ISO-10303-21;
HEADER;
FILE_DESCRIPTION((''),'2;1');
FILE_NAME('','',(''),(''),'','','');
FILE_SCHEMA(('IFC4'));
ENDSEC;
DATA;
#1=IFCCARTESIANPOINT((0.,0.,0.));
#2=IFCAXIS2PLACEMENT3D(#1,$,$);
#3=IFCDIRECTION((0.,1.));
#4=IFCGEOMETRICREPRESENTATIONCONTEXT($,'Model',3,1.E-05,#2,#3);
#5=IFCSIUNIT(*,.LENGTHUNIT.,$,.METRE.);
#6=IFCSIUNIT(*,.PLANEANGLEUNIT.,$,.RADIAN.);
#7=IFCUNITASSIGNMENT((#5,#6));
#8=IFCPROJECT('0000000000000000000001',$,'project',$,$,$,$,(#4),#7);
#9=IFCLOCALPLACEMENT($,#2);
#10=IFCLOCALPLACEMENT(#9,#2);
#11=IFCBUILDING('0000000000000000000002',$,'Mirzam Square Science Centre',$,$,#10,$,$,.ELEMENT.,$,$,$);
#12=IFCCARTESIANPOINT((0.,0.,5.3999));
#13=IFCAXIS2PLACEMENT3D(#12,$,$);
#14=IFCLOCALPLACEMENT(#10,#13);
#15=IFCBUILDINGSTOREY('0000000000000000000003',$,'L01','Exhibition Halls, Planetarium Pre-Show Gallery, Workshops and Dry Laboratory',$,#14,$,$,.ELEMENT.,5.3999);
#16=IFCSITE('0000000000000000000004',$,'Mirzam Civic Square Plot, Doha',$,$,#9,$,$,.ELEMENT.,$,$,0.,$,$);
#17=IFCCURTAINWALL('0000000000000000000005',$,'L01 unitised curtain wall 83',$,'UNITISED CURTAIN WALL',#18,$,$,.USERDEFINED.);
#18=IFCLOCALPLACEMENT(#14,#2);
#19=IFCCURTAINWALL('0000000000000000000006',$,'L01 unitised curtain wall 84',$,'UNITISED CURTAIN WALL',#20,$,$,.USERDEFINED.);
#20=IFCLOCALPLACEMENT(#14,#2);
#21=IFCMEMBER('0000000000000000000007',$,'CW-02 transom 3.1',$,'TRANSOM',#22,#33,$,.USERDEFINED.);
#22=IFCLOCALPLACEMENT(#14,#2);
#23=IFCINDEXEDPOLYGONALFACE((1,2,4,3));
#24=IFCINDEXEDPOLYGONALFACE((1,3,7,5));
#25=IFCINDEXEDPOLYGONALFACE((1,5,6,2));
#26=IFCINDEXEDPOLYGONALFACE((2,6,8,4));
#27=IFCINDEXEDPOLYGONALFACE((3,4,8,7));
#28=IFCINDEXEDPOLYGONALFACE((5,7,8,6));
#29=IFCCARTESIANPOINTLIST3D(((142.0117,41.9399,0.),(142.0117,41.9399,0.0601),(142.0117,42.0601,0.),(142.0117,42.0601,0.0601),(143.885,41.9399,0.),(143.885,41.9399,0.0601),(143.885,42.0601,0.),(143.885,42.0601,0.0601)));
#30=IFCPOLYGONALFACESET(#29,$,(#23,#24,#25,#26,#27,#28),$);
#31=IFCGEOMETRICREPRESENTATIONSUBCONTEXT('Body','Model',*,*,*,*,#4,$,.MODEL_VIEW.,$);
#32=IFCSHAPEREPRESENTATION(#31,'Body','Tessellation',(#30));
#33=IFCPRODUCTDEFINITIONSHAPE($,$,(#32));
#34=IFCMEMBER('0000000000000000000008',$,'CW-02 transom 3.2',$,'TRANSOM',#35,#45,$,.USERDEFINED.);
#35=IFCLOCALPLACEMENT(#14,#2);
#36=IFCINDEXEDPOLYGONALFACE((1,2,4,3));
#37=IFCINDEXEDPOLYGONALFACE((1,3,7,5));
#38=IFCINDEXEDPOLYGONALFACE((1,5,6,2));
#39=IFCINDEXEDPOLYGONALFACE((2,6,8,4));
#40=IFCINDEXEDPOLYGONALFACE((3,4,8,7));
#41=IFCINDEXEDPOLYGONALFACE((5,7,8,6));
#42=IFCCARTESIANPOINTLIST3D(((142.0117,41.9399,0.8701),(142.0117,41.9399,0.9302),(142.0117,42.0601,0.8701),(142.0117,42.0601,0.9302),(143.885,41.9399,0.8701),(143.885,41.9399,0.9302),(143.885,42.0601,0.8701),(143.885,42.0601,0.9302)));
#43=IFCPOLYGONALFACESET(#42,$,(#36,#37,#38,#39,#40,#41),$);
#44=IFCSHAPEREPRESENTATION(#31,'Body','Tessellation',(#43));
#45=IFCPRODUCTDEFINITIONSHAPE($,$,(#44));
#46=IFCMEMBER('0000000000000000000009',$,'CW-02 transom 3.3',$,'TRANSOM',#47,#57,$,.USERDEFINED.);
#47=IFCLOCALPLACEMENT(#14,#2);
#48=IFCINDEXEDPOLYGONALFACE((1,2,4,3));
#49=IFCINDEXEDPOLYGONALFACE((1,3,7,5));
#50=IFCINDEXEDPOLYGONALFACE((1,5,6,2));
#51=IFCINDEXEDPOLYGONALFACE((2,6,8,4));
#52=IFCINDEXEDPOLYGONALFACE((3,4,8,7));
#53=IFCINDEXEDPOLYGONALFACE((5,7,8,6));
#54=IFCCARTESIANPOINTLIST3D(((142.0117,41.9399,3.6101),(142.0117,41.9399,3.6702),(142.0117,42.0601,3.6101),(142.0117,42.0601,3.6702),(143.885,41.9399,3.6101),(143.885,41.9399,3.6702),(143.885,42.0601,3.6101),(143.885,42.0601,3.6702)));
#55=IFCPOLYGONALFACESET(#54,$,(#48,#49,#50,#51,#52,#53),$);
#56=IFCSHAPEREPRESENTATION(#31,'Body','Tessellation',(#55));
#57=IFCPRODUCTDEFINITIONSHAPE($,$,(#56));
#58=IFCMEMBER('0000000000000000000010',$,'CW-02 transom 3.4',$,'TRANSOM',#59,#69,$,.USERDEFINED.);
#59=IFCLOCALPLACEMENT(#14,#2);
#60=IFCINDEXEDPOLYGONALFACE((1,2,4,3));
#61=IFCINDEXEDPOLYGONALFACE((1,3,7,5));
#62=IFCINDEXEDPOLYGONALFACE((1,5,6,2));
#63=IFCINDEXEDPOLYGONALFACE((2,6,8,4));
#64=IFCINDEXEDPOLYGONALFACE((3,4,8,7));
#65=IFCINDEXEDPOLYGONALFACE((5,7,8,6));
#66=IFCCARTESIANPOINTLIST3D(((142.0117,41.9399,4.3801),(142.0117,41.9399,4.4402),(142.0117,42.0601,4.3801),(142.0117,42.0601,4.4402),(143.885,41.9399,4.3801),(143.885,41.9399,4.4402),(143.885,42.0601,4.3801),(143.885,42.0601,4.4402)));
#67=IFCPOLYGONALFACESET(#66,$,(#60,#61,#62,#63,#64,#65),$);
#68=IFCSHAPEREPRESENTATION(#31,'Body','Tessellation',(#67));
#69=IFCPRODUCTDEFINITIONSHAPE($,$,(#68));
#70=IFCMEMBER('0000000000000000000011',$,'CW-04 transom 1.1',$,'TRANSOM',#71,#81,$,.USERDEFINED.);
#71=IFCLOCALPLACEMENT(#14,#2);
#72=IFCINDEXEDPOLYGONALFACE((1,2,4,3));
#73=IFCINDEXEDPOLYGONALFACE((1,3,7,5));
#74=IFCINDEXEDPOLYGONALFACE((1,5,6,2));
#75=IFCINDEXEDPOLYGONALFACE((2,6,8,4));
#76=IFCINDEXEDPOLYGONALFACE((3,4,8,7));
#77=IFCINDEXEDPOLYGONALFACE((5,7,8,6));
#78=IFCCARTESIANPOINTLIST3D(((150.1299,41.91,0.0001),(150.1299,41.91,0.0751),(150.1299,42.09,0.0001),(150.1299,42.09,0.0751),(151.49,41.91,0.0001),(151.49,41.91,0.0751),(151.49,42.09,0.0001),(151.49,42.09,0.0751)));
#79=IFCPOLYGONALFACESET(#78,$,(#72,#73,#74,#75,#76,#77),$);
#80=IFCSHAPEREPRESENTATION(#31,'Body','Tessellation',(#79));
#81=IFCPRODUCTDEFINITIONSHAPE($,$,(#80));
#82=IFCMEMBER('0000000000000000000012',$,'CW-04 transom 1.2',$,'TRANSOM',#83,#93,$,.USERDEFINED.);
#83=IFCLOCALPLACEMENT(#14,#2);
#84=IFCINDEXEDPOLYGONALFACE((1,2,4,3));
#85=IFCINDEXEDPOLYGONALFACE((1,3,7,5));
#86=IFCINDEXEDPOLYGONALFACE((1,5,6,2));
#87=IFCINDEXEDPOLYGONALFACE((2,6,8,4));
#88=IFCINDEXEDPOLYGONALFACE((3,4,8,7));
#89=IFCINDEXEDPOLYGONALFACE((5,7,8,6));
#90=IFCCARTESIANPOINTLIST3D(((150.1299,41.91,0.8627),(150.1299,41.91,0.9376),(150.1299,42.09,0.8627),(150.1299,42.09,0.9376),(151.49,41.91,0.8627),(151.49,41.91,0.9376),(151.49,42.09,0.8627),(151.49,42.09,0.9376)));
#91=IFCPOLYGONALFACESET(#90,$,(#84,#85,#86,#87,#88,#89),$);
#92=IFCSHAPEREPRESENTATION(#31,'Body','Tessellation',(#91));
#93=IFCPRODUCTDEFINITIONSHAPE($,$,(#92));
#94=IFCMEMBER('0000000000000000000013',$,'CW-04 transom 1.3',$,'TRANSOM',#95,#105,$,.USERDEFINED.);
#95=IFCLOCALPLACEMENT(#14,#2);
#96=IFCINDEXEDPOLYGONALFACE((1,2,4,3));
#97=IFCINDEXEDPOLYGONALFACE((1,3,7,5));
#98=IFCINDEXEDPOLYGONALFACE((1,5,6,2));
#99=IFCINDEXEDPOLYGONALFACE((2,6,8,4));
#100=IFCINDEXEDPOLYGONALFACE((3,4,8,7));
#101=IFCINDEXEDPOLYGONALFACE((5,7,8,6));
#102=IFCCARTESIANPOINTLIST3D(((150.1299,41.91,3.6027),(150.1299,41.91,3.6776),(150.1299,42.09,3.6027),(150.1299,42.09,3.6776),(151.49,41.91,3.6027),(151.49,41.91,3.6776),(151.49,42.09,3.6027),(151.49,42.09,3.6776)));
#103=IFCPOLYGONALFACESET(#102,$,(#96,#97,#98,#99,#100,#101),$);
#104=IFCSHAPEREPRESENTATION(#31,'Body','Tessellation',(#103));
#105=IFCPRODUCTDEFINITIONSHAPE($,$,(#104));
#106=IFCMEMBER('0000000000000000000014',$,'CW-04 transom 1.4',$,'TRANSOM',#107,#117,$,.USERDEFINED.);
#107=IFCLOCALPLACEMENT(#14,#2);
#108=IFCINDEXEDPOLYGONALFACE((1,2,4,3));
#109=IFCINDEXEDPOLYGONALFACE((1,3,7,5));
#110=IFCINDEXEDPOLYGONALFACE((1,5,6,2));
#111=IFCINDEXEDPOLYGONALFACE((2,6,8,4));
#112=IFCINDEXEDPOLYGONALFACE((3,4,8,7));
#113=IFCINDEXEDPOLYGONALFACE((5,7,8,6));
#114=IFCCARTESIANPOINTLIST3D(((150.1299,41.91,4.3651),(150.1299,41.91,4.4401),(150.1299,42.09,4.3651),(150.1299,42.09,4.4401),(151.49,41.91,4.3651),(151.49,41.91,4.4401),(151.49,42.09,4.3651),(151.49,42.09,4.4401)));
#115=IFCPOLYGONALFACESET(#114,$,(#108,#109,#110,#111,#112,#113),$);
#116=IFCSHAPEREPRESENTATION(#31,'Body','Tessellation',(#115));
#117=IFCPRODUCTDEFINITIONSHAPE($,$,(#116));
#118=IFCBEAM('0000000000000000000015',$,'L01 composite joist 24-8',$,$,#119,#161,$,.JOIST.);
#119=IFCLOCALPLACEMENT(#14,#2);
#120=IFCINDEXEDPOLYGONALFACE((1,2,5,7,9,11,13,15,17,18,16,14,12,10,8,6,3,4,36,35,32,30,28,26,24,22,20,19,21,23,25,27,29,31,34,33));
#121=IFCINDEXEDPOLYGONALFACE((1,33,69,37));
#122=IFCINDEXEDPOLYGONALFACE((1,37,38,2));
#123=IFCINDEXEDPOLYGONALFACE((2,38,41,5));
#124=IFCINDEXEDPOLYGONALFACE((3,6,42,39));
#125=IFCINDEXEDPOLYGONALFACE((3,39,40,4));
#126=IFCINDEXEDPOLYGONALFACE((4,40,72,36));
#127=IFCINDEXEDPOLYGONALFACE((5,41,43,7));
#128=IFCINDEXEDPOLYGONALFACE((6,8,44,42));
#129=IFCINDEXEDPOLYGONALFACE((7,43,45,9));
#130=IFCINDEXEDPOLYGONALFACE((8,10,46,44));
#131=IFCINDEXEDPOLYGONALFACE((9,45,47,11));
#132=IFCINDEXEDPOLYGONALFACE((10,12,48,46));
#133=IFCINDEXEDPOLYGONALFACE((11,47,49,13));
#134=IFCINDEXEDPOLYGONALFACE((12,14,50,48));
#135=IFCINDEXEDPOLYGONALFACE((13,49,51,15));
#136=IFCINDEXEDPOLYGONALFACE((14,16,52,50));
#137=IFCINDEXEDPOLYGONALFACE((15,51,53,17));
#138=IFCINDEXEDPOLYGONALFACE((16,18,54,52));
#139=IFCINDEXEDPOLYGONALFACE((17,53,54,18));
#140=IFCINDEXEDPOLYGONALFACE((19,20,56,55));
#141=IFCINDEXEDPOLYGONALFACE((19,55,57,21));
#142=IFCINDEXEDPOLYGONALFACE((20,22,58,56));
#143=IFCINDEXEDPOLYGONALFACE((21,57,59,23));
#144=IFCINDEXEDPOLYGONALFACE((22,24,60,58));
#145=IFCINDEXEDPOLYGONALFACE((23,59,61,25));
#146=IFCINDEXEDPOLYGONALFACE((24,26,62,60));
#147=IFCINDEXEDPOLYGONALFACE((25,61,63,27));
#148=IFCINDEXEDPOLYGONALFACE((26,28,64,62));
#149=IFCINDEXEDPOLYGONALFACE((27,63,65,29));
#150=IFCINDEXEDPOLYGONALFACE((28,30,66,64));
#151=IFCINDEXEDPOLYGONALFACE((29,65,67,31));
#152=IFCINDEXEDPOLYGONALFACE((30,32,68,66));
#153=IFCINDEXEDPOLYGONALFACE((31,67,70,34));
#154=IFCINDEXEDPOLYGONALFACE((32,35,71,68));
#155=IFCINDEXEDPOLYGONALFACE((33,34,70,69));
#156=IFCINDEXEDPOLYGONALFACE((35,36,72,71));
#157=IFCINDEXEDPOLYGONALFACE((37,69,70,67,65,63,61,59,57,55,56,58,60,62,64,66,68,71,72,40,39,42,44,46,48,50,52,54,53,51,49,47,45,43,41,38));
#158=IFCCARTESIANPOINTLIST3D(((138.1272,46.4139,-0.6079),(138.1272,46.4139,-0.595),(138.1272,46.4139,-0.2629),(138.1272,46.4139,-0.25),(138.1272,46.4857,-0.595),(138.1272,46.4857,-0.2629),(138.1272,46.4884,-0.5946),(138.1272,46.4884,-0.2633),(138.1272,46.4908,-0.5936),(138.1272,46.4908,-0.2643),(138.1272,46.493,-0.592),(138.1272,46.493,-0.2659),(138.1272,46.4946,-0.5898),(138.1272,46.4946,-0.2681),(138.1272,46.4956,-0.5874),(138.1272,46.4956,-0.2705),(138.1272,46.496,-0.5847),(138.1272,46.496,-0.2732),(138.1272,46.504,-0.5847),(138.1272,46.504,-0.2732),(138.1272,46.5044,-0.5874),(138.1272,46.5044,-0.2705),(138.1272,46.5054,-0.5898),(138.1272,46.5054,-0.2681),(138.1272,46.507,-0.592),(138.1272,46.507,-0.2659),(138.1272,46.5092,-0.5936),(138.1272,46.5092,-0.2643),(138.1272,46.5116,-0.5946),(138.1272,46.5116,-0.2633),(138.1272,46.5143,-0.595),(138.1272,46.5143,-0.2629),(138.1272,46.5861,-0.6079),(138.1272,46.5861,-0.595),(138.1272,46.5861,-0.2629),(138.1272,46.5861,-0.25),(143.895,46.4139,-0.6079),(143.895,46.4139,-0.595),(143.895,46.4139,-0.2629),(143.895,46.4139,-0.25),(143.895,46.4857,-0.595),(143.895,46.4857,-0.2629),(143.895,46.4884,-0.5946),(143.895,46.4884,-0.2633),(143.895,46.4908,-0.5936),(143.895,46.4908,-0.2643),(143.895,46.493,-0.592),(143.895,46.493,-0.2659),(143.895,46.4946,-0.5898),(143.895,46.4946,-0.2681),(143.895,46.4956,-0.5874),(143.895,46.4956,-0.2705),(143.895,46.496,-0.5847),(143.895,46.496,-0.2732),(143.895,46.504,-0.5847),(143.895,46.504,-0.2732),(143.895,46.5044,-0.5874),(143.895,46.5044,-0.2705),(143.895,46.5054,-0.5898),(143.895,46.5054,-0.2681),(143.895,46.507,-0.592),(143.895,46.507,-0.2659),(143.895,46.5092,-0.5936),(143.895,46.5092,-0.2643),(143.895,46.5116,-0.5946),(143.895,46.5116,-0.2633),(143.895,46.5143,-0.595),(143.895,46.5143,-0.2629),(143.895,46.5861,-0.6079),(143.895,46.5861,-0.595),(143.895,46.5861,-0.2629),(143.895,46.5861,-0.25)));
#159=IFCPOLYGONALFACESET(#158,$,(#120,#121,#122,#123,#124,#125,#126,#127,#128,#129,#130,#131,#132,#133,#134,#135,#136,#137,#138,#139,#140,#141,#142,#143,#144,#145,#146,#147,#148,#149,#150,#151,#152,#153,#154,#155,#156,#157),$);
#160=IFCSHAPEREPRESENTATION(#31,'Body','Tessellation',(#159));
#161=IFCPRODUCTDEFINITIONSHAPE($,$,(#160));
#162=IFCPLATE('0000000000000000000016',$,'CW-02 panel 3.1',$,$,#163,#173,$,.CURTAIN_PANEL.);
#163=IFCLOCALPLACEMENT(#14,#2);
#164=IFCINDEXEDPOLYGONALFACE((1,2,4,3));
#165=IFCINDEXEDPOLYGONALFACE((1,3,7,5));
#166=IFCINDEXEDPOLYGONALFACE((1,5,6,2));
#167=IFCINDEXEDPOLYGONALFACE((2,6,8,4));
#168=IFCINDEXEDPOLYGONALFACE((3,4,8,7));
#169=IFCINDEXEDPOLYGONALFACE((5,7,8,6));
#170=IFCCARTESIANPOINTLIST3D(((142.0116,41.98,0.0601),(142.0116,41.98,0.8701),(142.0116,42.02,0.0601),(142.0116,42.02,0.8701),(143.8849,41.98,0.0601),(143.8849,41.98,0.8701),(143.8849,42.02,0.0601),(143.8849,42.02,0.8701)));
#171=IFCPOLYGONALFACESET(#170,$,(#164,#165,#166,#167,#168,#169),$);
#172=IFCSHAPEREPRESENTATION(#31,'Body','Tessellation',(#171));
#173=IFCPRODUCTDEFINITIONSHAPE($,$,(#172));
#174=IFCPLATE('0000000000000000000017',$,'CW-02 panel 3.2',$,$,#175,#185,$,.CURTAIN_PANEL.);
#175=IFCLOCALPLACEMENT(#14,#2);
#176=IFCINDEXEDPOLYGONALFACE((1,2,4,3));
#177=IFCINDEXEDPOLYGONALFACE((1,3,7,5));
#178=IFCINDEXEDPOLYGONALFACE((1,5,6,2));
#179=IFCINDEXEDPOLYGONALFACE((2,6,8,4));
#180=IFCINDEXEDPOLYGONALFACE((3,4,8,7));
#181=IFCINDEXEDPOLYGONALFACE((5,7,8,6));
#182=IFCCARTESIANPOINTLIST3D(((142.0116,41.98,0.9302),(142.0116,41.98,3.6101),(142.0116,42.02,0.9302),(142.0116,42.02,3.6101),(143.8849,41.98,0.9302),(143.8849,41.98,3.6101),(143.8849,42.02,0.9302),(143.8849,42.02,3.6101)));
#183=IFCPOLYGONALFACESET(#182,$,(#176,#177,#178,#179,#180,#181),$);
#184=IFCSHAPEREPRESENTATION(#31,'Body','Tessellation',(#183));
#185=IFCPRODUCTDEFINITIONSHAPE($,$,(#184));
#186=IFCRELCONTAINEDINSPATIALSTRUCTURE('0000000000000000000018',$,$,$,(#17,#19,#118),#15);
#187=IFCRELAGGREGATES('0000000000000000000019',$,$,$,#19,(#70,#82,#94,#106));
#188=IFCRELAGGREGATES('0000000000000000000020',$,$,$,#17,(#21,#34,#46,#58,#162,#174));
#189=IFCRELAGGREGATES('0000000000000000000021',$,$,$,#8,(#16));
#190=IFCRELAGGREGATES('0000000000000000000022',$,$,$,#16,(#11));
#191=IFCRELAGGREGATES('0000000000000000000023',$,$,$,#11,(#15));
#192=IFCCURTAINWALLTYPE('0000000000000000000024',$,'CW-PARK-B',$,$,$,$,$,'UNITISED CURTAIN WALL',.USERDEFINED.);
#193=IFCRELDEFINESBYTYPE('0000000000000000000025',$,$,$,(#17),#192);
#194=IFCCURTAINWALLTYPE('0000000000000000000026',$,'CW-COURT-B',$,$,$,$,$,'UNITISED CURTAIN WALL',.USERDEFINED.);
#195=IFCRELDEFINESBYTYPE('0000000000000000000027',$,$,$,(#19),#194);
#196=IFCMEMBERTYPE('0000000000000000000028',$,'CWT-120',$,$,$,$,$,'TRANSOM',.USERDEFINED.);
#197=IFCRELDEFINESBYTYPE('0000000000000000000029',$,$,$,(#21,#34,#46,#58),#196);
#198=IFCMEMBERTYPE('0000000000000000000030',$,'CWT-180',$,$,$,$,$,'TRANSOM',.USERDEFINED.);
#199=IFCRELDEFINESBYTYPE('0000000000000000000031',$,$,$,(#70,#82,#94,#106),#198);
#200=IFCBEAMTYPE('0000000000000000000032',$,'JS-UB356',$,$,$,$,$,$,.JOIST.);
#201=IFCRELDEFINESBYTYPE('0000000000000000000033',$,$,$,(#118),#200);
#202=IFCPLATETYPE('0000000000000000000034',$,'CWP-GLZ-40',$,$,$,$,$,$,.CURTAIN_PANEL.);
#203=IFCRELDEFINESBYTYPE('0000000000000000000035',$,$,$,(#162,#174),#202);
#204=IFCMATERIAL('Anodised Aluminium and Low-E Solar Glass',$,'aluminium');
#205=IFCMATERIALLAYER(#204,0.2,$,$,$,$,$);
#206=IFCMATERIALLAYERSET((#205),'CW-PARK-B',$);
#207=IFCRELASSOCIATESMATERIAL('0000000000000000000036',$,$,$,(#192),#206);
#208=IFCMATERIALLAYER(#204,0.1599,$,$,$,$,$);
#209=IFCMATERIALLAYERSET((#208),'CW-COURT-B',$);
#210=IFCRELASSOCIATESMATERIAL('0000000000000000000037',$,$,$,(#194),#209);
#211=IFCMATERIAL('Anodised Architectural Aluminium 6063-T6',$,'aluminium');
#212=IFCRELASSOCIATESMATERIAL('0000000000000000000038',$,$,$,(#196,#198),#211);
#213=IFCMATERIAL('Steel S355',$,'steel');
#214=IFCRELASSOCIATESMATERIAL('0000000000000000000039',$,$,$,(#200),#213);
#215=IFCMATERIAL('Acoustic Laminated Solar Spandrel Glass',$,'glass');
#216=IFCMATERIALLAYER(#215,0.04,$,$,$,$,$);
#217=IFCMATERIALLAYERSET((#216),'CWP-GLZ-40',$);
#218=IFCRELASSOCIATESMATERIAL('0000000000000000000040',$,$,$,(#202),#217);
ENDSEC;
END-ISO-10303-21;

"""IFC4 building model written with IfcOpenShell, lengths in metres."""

from ifc_helpers import new_model, si_unit, direction, frame, origin, origin_2d, place, context, subcontext, project, spatial, rectangle, i_section, extrude, material, layer, layer_set, material_profile, profile_set, type_object, element, aggregate, save


model = new_model("IFC4")

# Units and contexts
model_context = context("Model", 3, precision=1e-05, world=origin(), true_north=direction((0.0, 1.0)))
body_context = subcontext(model_context, "Body", "Model", "MODEL_VIEW")
ifc_project = project(units=[si_unit("LENGTHUNIT", "METRE"), si_unit("PLANEANGLEUNIT", "RADIAN")], contexts=[model_context])

# Site, building, storey
site_placement = place(None, origin())
site = spatial("IfcSite", under=ifc_project, at=site_placement, Name="Mirzam Civic Square Plot, Doha", CompositionType="ELEMENT", RefElevation=0.0)
building_placement = place(site_placement, origin())
building = spatial("IfcBuilding", under=site, at=building_placement, Name="Mirzam Square Science Centre", CompositionType="ELEMENT")
storey_placement = place(building_placement, frame((0.0, 0.0, 5.3999)))
storey = spatial("IfcBuildingStorey", under=building, at=storey_placement, Name="L01", Description="Exhibition Halls, Planetarium Pre-Show Gallery, Workshops and Dry Laboratory", CompositionType="ELEMENT", Elevation=5.3999)

# Shared definitions
ifc_material_1 = material(Name="Steel S355", Category="steel")

# Curtain wall
ifc_material_2 = material(Name="Anodised Aluminium and Low-E Solar Glass", Category="aluminium")
ifc_layer_1 = layer(ifc_material_2, 0.2)
ifc_layer_set_1 = layer_set([ifc_layer_1], Name="CW-PARK-B")
curtain_wall_type_1 = type_object("IfcCurtainWallType", Name="CW-PARK-B", ElementType="UNITISED CURTAIN WALL", PredefinedType="USERDEFINED", material=ifc_layer_set_1)
curtain_wall_1_placement = place(storey_placement, origin())
curtain_wall_1 = element("IfcCurtainWall", 1, at=curtain_wall_1_placement, inside=storey, type_object=curtain_wall_type_1, Name="L01 unitised curtain wall 83", ObjectType="UNITISED CURTAIN WALL", PredefinedType="USERDEFINED")
ifc_material_3 = material(Name="Anodised Architectural Aluminium 6063-T6", Category="aluminium")

# Curtain wall
ifc_layer_2 = layer(ifc_material_2, 0.1599)
ifc_layer_set_2 = layer_set([ifc_layer_2], Name="CW-COURT-B")
curtain_wall_type_2 = type_object("IfcCurtainWallType", Name="CW-COURT-B", ElementType="UNITISED CURTAIN WALL", PredefinedType="USERDEFINED", material=ifc_layer_set_2)
curtain_wall_2_placement = place(storey_placement, origin())
curtain_wall_2 = element("IfcCurtainWall", 2, at=curtain_wall_2_placement, inside=storey, type_object=curtain_wall_type_2, Name="L01 unitised curtain wall 84", ObjectType="UNITISED CURTAIN WALL", PredefinedType="USERDEFINED")

# Members
ifc_material_profile_1 = material_profile(ifc_material_3, rectangle(XDim=0.1201, YDim=0.0601, at=origin_2d()), Name="ALU-TRAN-120x60x4")
ifc_profile_set_1 = profile_set([ifc_material_profile_1], Name="Anodised Architectural Aluminium 6063-T6")
member_type_1 = type_object("IfcMemberType", Name="CWT-120", ElementType="TRANSOM", PredefinedType="USERDEFINED", material=ifc_profile_set_1)
member_1_placement = place(storey_placement, frame((142.0117, 42.0, 0.03), z_axis=(1.0, 0.0, 0.0), x_axis=(0.0, 1.0, 0.0)))
member_1 = element("IfcMember", 3, at=member_1_placement, type_object=member_type_1, Name="CW-02 transom 3.1", ObjectType="TRANSOM", PredefinedType="USERDEFINED", context=body_context, shape_type="SweptSolid", body=[
    extrude(rectangle(XDim=0.1201, YDim=0.0601, at=origin_2d()), origin(), (0.0, 0.0, 1.0), 1.8733),
])
member_2_placement = place(storey_placement, frame((142.0117, 42.0, 0.9001), z_axis=(1.0, 0.0, 0.0), x_axis=(0.0, 1.0, 0.0)))
member_2 = element("IfcMember", 4, at=member_2_placement, type_object=member_type_1, Name="CW-02 transom 3.2", ObjectType="TRANSOM", PredefinedType="USERDEFINED", context=body_context, shape_type="SweptSolid", body=[
    extrude(rectangle(XDim=0.1201, YDim=0.0601, at=origin_2d()), origin(), (0.0, 0.0, 1.0), 1.8733),
])
member_3_placement = place(storey_placement, frame((142.0117, 42.0, 3.6401), z_axis=(1.0, 0.0, 0.0), x_axis=(0.0, 1.0, 0.0)))
member_3 = element("IfcMember", 5, at=member_3_placement, type_object=member_type_1, Name="CW-02 transom 3.3", ObjectType="TRANSOM", PredefinedType="USERDEFINED", context=body_context, shape_type="SweptSolid", body=[
    extrude(rectangle(XDim=0.1201, YDim=0.0601, at=origin_2d()), origin(), (0.0, 0.0, 1.0), 1.8733),
])
member_4_placement = place(storey_placement, frame((142.0117, 42.0, 4.4102), z_axis=(1.0, 0.0, 0.0), x_axis=(0.0, 1.0, 0.0)))
member_4 = element("IfcMember", 6, at=member_4_placement, type_object=member_type_1, Name="CW-02 transom 3.4", ObjectType="TRANSOM", PredefinedType="USERDEFINED", context=body_context, shape_type="SweptSolid", body=[
    extrude(rectangle(XDim=0.1201, YDim=0.0601, at=origin_2d()), origin(), (0.0, 0.0, 1.0), 1.8733),
])
ifc_material_profile_2 = material_profile(ifc_material_3, rectangle(XDim=0.1799, YDim=0.075, at=origin_2d()), Name="ALU-TRAN-180x75x5")
ifc_profile_set_2 = profile_set([ifc_material_profile_2], Name="Anodised Architectural Aluminium 6063-T6")
member_type_2 = type_object("IfcMemberType", Name="CWT-180", ElementType="TRANSOM", PredefinedType="USERDEFINED", material=ifc_profile_set_2)
member_5_placement = place(storey_placement, frame((150.1299, 42.0, 0.0376), z_axis=(1.0, 0.0, 0.0), x_axis=(0.0, 1.0, 0.0)))
member_5 = element("IfcMember", 7, at=member_5_placement, type_object=member_type_2, Name="CW-04 transom 1.1", ObjectType="TRANSOM", PredefinedType="USERDEFINED", context=body_context, shape_type="SweptSolid", body=[
    extrude(rectangle(XDim=0.1799, YDim=0.075, at=origin_2d()), origin(), (0.0, 0.0, 1.0), 1.3601),
])
member_6_placement = place(storey_placement, frame((150.1299, 42.0, 0.9001), z_axis=(1.0, 0.0, 0.0), x_axis=(0.0, 1.0, 0.0)))
member_6 = element("IfcMember", 8, at=member_6_placement, type_object=member_type_2, Name="CW-04 transom 1.2", ObjectType="TRANSOM", PredefinedType="USERDEFINED", context=body_context, shape_type="SweptSolid", body=[
    extrude(rectangle(XDim=0.1799, YDim=0.075, at=origin_2d()), origin(), (0.0, 0.0, 1.0), 1.3601),
])
member_7_placement = place(storey_placement, frame((150.1299, 42.0, 3.6401), z_axis=(1.0, 0.0, 0.0), x_axis=(0.0, 1.0, 0.0)))
member_7 = element("IfcMember", 9, at=member_7_placement, type_object=member_type_2, Name="CW-04 transom 1.3", ObjectType="TRANSOM", PredefinedType="USERDEFINED", context=body_context, shape_type="SweptSolid", body=[
    extrude(rectangle(XDim=0.1799, YDim=0.075, at=origin_2d()), origin(), (0.0, 0.0, 1.0), 1.3601),
])
member_8_placement = place(storey_placement, frame((150.1299, 42.0, 4.4026), z_axis=(1.0, 0.0, 0.0), x_axis=(0.0, 1.0, 0.0)))
member_8 = element("IfcMember", 10, at=member_8_placement, type_object=member_type_2, Name="CW-04 transom 1.4", ObjectType="TRANSOM", PredefinedType="USERDEFINED", context=body_context, shape_type="SweptSolid", body=[
    extrude(rectangle(XDim=0.1799, YDim=0.075, at=origin_2d()), origin(), (0.0, 0.0, 1.0), 1.3601),
])
aggregate(curtain_wall_2, [member_5, member_6, member_7, member_8])

# Beam
ifc_material_profile_3 = material_profile(ifc_material_1, i_section(OverallWidth=0.1721, OverallDepth=0.3579, WebThickness=0.0081, FlangeThickness=0.0129, FilletRadius=0.0103, at=origin_2d()), Name="356x171x57UB")
ifc_profile_set_3 = profile_set([ifc_material_profile_3], Name="Steel S355")
beam_type_1 = type_object("IfcBeamType", Name="JS-UB356", PredefinedType="JOIST", material=ifc_profile_set_3)
beam_1_placement = place(storey_placement, frame((138.1272, 46.5, -0.429), z_axis=(1.0, 0.0, 0.0), x_axis=(0.0, 1.0, 0.0)))
element("IfcBeam", 11, at=beam_1_placement, inside=storey, type_object=beam_type_1, Name="L01 composite joist 24-8", PredefinedType="JOIST", context=body_context, shape_type="SweptSolid", body=[
    extrude(i_section(OverallWidth=0.1721, OverallDepth=0.3579, WebThickness=0.0081, FlangeThickness=0.0129, FilletRadius=0.0103, at=origin_2d()), origin(), (0.0, 0.0, 1.0), 5.7678),
])

# Plates
ifc_material_4 = material(Name="Acoustic Laminated Solar Spandrel Glass", Category="glass")
ifc_layer_3 = layer(ifc_material_4, 0.04)
ifc_layer_set_3 = layer_set([ifc_layer_3], Name="CWP-GLZ-40")
plate_type = type_object("IfcPlateType", Name="CWP-GLZ-40", PredefinedType="CURTAIN_PANEL", material=ifc_layer_set_3)
plate_1_placement = place(storey_placement, frame((142.9482, 42.0, 0.0601), z_axis=(0.0, 0.0, 1.0), x_axis=(1.0, 0.0, 0.0)))
plate_1 = element("IfcPlate", 12, at=plate_1_placement, type_object=plate_type, Name="CW-02 panel 3.1", PredefinedType="CURTAIN_PANEL", context=body_context, shape_type="SweptSolid", body=[
    extrude(rectangle(XDim=1.8733, YDim=0.04, at=origin_2d()), origin(), (0.0, 0.0, 1.0), 0.8101),
])
plate_2_placement = place(storey_placement, frame((142.9482, 42.0, 0.9302), z_axis=(0.0, 0.0, 1.0), x_axis=(1.0, 0.0, 0.0)))
plate_2 = element("IfcPlate", 13, at=plate_2_placement, type_object=plate_type, Name="CW-02 panel 3.2", PredefinedType="CURTAIN_PANEL", context=body_context, shape_type="SweptSolid", body=[
    extrude(rectangle(XDim=1.8733, YDim=0.04, at=origin_2d()), origin(), (0.0, 0.0, 1.0), 2.6799),
])
aggregate(curtain_wall_1, [member_1, member_2, member_3, member_4, plate_1, plate_2])

save(model, "model.ifc")
